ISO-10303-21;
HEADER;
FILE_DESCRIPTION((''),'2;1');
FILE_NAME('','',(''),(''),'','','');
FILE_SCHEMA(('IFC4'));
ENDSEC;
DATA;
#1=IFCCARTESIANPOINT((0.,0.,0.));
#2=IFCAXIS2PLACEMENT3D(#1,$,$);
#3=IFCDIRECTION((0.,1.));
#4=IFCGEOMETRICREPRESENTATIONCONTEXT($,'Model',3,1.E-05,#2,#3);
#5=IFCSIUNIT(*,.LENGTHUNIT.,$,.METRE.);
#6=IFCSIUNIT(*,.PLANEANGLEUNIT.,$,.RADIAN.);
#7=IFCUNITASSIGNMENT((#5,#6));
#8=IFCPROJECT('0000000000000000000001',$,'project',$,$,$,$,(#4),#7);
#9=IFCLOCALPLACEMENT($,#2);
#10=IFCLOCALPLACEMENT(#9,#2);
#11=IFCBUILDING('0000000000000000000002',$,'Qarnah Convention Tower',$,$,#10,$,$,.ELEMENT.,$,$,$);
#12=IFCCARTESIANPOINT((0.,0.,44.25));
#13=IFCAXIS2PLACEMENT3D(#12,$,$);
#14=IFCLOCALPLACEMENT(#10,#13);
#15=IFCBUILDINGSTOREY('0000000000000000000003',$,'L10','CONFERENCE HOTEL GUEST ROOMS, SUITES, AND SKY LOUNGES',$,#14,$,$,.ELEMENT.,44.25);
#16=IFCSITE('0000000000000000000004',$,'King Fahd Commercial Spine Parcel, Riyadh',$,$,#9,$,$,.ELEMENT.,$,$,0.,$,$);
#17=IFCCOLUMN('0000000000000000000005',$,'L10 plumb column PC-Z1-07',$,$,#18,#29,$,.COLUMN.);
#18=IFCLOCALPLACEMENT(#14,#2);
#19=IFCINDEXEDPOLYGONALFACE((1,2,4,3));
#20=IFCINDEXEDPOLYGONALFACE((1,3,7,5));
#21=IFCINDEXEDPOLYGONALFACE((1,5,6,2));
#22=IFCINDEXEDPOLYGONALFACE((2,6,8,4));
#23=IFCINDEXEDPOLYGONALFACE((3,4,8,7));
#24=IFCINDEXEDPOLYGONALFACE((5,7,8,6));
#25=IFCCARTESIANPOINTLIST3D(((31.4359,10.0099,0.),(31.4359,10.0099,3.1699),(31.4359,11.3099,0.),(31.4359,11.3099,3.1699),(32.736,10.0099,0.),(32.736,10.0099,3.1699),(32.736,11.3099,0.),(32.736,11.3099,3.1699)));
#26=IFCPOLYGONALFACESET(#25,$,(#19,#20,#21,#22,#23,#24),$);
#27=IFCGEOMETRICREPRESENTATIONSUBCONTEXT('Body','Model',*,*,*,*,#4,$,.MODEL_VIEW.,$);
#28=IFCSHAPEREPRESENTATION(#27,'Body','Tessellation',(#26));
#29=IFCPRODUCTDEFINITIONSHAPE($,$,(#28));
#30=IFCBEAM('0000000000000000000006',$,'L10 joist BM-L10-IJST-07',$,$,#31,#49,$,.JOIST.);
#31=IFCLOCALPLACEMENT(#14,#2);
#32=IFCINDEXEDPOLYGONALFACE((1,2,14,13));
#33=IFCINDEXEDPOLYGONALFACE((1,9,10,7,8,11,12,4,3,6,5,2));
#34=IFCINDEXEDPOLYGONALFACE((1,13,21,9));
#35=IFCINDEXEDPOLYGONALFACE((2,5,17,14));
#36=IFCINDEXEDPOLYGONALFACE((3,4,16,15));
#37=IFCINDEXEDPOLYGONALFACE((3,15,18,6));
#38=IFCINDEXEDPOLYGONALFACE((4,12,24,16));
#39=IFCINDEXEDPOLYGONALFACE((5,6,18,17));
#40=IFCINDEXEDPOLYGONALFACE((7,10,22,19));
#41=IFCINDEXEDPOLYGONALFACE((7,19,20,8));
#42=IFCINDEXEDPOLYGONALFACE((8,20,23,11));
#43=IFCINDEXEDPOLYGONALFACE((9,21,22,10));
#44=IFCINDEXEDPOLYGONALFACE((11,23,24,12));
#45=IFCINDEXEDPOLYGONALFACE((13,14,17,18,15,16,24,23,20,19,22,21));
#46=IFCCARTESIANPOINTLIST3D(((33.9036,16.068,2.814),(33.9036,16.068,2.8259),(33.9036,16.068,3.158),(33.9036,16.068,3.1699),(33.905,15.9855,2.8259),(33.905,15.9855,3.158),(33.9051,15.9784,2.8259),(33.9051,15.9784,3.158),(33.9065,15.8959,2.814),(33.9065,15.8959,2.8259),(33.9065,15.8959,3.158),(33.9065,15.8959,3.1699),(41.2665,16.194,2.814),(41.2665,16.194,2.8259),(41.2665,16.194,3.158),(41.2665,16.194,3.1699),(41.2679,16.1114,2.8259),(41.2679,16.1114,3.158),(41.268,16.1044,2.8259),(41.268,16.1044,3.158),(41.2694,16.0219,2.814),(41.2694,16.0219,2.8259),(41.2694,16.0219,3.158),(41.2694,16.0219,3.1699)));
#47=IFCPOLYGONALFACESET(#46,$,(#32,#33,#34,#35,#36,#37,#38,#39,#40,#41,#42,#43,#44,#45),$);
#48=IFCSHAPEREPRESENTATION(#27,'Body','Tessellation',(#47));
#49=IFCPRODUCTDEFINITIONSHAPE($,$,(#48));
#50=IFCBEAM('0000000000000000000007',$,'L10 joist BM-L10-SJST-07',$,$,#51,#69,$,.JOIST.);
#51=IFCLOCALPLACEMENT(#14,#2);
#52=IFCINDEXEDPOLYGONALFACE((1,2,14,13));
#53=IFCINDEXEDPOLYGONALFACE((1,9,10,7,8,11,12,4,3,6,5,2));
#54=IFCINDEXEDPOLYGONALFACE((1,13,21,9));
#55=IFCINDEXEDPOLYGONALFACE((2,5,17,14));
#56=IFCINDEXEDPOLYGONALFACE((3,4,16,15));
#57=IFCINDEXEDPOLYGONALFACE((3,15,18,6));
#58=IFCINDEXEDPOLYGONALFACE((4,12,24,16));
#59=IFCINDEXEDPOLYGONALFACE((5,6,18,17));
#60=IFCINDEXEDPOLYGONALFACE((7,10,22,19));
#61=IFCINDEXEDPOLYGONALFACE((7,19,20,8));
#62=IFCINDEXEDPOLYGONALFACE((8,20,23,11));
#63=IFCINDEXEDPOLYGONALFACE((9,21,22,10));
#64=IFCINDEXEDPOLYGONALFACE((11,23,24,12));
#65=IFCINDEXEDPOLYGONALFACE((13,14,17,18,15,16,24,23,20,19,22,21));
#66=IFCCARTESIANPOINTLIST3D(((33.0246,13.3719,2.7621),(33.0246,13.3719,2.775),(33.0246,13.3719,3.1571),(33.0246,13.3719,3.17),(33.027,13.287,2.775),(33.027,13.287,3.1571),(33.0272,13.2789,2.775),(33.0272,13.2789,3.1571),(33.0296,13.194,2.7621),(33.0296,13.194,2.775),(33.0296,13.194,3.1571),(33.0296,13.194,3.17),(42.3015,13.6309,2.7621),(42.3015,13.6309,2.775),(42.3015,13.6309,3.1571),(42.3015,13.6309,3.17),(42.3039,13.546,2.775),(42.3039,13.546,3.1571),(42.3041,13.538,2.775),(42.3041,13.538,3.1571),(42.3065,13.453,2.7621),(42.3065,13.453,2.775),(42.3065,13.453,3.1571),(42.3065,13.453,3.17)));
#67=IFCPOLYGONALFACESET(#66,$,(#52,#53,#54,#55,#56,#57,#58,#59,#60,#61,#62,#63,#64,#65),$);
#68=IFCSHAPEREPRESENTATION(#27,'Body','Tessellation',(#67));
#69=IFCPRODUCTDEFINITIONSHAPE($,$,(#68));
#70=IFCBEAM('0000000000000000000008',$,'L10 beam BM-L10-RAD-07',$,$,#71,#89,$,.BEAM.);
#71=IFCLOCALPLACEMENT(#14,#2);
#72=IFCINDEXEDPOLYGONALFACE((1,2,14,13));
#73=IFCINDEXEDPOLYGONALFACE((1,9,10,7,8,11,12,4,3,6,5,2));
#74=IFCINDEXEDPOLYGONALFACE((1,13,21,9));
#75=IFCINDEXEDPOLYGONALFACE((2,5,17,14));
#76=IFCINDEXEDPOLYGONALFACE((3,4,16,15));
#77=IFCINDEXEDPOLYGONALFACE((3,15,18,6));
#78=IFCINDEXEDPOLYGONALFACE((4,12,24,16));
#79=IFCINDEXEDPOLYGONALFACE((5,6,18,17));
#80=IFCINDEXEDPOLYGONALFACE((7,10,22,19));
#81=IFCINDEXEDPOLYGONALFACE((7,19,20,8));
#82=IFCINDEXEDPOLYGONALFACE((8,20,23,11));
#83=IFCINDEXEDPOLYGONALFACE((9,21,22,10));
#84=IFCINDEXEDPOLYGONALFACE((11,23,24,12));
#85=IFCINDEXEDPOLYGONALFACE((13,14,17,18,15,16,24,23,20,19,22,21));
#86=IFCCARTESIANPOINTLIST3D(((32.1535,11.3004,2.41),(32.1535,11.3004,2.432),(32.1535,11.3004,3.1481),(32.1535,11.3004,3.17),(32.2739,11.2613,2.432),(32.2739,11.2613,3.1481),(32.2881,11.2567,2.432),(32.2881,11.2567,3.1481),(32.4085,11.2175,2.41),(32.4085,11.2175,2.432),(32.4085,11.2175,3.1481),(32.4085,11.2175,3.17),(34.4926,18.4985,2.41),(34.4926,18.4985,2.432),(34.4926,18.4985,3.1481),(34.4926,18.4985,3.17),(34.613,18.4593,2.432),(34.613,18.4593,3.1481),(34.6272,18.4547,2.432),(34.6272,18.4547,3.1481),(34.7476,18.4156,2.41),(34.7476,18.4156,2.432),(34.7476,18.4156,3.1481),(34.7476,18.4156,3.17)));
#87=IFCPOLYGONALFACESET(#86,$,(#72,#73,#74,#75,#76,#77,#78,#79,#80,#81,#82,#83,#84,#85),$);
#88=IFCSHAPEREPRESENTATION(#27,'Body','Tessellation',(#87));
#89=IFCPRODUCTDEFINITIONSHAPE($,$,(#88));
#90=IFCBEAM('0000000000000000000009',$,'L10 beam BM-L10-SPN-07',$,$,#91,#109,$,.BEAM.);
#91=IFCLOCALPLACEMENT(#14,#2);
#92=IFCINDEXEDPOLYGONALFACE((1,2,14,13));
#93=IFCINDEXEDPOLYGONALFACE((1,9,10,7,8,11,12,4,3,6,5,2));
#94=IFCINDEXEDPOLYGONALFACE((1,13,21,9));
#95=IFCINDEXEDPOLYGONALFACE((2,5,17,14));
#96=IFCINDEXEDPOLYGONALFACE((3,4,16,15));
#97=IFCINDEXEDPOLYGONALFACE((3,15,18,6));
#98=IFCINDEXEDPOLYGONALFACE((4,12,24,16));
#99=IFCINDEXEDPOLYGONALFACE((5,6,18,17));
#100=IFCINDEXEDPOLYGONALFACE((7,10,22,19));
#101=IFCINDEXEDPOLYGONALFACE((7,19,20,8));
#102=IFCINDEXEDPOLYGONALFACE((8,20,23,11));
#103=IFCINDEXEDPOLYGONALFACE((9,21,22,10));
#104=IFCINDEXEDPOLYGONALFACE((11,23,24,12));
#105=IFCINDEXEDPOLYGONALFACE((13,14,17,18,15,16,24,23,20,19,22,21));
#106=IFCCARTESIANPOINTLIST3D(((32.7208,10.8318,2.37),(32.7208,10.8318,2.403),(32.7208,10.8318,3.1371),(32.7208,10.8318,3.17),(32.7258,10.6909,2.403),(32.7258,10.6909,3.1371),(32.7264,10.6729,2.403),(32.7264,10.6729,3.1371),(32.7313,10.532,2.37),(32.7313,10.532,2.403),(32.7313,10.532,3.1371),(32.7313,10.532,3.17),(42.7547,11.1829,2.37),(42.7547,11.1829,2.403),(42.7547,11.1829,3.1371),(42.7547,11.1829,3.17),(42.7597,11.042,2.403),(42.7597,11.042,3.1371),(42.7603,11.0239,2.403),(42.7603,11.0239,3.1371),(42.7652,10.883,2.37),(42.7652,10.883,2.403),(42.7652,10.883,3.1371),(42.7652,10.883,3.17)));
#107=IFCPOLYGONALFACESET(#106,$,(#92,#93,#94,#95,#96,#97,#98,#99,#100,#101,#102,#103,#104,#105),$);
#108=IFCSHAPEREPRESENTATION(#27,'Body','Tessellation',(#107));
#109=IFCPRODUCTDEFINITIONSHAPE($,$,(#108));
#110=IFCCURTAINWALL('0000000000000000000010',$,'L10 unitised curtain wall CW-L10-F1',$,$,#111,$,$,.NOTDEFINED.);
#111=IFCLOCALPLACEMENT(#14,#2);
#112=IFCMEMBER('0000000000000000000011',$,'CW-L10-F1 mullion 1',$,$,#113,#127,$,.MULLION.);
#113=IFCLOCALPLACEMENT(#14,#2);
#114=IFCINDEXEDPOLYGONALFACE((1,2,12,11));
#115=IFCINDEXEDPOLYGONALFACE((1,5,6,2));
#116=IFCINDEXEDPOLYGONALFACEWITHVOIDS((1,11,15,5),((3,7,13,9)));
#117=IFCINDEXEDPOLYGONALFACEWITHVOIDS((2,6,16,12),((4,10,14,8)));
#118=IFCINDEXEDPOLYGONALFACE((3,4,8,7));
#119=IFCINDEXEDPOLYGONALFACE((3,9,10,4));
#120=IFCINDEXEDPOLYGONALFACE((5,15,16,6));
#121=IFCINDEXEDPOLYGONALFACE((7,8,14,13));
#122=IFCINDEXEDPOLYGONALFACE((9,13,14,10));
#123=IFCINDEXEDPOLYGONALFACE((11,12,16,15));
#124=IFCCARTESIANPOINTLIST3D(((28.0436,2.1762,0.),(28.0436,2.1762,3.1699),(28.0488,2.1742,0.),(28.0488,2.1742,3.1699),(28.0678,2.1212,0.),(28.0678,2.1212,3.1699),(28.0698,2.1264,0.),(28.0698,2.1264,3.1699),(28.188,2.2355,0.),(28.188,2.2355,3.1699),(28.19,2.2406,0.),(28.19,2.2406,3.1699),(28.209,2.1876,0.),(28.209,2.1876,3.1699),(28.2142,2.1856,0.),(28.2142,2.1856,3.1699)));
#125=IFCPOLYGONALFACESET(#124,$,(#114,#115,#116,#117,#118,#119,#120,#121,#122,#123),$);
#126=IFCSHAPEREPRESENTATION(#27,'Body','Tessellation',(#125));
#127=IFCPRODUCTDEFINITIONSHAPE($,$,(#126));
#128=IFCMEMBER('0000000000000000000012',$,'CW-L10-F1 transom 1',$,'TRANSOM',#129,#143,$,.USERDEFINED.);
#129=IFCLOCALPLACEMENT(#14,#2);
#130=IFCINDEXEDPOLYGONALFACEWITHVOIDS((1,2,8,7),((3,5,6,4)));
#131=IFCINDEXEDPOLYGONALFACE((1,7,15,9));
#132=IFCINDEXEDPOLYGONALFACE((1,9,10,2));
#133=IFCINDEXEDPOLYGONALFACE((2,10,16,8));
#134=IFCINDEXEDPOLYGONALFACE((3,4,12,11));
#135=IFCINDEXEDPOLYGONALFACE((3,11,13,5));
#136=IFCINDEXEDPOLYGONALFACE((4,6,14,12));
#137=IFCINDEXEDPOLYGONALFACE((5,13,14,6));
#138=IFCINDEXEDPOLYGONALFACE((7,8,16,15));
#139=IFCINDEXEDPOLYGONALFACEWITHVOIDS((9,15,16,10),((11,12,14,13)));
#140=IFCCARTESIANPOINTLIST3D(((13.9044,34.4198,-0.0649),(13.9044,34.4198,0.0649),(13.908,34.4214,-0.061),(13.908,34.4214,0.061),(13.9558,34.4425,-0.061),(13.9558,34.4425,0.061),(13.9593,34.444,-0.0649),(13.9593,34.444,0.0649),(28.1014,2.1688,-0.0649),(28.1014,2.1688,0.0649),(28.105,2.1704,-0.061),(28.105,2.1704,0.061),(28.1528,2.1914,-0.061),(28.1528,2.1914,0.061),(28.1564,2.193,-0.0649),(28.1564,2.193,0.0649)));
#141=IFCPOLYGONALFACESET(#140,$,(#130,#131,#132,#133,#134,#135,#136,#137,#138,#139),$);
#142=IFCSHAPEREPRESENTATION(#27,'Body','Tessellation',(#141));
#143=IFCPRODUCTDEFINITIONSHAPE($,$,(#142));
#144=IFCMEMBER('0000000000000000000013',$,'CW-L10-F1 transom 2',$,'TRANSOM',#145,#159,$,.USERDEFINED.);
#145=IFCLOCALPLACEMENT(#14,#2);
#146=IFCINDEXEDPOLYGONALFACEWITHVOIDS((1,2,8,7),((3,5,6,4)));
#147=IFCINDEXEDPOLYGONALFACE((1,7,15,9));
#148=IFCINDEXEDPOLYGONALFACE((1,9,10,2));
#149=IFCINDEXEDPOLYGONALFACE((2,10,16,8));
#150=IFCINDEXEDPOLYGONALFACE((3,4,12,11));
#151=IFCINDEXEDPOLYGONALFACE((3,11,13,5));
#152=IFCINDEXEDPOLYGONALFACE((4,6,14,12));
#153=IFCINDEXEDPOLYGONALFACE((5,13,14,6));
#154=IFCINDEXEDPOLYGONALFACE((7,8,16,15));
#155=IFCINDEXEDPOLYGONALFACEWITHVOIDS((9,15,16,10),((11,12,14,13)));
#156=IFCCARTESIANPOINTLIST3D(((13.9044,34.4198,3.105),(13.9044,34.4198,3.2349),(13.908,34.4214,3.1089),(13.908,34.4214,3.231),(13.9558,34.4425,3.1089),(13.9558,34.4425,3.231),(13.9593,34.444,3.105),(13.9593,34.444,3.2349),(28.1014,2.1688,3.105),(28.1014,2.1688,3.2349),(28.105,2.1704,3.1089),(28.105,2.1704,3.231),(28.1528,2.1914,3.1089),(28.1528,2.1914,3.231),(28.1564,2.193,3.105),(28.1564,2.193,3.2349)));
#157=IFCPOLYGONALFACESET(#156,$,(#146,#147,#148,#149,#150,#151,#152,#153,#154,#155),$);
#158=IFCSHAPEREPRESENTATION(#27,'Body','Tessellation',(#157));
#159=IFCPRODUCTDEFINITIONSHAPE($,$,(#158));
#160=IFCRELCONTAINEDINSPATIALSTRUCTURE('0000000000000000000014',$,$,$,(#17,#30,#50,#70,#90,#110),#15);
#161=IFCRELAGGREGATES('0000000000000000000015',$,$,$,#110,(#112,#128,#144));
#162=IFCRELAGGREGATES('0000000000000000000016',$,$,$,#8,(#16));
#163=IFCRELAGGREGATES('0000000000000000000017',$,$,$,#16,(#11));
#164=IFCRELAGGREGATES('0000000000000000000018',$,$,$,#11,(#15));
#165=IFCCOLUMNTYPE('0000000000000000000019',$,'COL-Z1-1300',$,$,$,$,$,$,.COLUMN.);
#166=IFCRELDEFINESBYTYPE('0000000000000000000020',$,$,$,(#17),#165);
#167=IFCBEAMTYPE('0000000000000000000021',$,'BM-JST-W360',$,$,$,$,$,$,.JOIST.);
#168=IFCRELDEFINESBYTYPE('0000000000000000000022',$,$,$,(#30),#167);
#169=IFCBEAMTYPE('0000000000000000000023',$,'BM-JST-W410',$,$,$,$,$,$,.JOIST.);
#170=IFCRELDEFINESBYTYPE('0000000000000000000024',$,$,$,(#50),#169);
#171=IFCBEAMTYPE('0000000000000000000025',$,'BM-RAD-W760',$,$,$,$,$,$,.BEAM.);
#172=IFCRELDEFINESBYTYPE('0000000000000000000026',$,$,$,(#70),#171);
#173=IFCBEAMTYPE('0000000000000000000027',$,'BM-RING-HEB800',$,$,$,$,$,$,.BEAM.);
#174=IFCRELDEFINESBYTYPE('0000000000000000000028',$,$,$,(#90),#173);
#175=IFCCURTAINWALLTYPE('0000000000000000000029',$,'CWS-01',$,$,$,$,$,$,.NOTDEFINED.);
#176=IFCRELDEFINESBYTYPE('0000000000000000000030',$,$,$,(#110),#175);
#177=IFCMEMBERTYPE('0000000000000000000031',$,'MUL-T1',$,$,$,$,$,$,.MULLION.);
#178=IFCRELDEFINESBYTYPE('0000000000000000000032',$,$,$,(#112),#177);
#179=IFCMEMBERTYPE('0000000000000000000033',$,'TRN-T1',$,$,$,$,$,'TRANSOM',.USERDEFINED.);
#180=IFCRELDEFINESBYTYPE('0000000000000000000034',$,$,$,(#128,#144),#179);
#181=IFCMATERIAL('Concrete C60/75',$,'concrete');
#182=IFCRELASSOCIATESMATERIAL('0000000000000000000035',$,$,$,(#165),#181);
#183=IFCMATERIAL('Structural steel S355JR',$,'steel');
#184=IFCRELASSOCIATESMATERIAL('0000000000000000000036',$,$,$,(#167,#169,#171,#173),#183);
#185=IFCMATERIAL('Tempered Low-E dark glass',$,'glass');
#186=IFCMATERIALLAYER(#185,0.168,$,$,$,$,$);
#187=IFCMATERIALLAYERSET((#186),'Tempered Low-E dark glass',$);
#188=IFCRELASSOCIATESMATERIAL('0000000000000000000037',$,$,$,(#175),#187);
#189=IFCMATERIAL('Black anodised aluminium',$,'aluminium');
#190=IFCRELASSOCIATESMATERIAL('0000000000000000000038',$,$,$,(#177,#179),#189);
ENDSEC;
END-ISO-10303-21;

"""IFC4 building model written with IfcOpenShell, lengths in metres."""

from ifc_helpers import new_model, si_unit, direction, frame, origin, origin_2d, place, context, subcontext, project, spatial, rectangle, hollow_rectangle, i_section, extrude, material, layer, layer_set, material_profile, profile_set, type_object, element, aggregate, save


model = new_model("IFC4")

# Units and contexts
model_context = context("Model", 3, precision=1e-05, world=origin(), true_north=direction((0.0, 1.0)))
body_context = subcontext(model_context, "Body", "Model", "MODEL_VIEW")
ifc_project = project(units=[si_unit("LENGTHUNIT", "METRE"), si_unit("PLANEANGLEUNIT", "RADIAN")], contexts=[model_context])

# Site, building, storey
site_placement = place(None, origin())
site = spatial("IfcSite", under=ifc_project, at=site_placement, Name="King Fahd Commercial Spine Parcel, Riyadh", CompositionType="ELEMENT", RefElevation=0.0)
building_placement = place(site_placement, origin())
building = spatial("IfcBuilding", under=site, at=building_placement, Name="Qarnah Convention Tower", CompositionType="ELEMENT")
storey_placement = place(building_placement, frame((0.0, 0.0, 44.25)))
storey = spatial("IfcBuildingStorey", under=building, at=storey_placement, Name="L10", Description="CONFERENCE HOTEL GUEST ROOMS, SUITES, AND SKY LOUNGES", CompositionType="ELEMENT", Elevation=44.25)

# Column
ifc_material_1 = material(Name="Concrete C60/75", Category="concrete")
ifc_material_profile_1 = material_profile(ifc_material_1, rectangle(XDim=1.3, YDim=1.3, at=origin_2d()), Name="RC-COL-1300X1300")
ifc_profile_set_1 = profile_set([ifc_material_profile_1], Name="Concrete C60/75")
column_type = type_object("IfcColumnType", Name="COL-Z1-1300", PredefinedType="COLUMN", material=ifc_profile_set_1)
column_placement = place(storey_placement, frame((32.0859, 10.6599, 0.0), z_axis=(0.0, 0.0, 1.0), x_axis=(1.0, 0.0, 0.0)))
element("IfcColumn", 1, at=column_placement, inside=storey, type_object=column_type, Name="L10 plumb column PC-Z1-07", PredefinedType="COLUMN", context=body_context, shape_type="SweptSolid", body=[
    extrude(rectangle(XDim=1.3, YDim=1.3, at=origin_2d()), origin(), (0.0, 0.0, 1.0), 3.1699),
])

# Beams
ifc_material_2 = material(Name="Structural steel S355JR", Category="steel")
ifc_material_profile_2 = material_profile(ifc_material_2, i_section(OverallWidth=0.1721, OverallDepth=0.356, WebThickness=0.0071, FlangeThickness=0.012, at=origin_2d()), Name="W360X51")
ifc_profile_set_2 = profile_set([ifc_material_profile_2], Name="Structural steel S355JR")
beam_type_1 = type_object("IfcBeamType", Name="BM-JST-W360", PredefinedType="JOIST", material=ifc_profile_set_2)
beam_1_placement = place(storey_placement, frame((33.905, 15.9819, 2.9919), z_axis=(0.999854, 0.017107, 0.0), x_axis=(-0.017107, 0.999854, 0.0)))
element("IfcBeam", 2, at=beam_1_placement, inside=storey, type_object=beam_type_1, Name="L10 joist BM-L10-IJST-07", PredefinedType="JOIST", context=body_context, shape_type="SweptSolid", body=[
    extrude(i_section(OverallWidth=0.1721, OverallDepth=0.356, WebThickness=0.0071, FlangeThickness=0.012, at=origin_2d()), origin(), (0.0, 0.0, 1.0), 7.364),
])
ifc_material_profile_3 = material_profile(ifc_material_2, i_section(OverallWidth=0.178, OverallDepth=0.408, WebThickness=0.0081, FlangeThickness=0.0129, at=origin_2d()), Name="W410X60")
ifc_profile_set_3 = profile_set([ifc_material_profile_3], Name="Structural steel S355JR")
beam_type_2 = type_object("IfcBeamType", Name="BM-JST-W410", PredefinedType="JOIST", material=ifc_profile_set_3)
beam_2_placement = place(storey_placement, frame((33.0271, 13.283, 2.9661), z_axis=(0.99961, 0.027912, 0.0), x_axis=(-0.027912, 0.99961, 0.0)))
element("IfcBeam", 3, at=beam_2_placement, inside=storey, type_object=beam_type_2, Name="L10 joist BM-L10-SJST-07", PredefinedType="JOIST", context=body_context, shape_type="SweptSolid", body=[
    extrude(i_section(OverallWidth=0.178, OverallDepth=0.408, WebThickness=0.0081, FlangeThickness=0.0129, at=origin_2d()), origin(), (0.0, 0.0, 1.0), 9.2805),
])
ifc_material_profile_4 = material_profile(ifc_material_2, i_section(OverallWidth=0.2681, OverallDepth=0.76, WebThickness=0.0149, FlangeThickness=0.022, at=origin_2d()), Name="W760X185")
ifc_profile_set_4 = profile_set([ifc_material_profile_4], Name="Structural steel S355JR")
beam_type_3 = type_object("IfcBeamType", Name="BM-RAD-W760", PredefinedType="BEAM", material=ifc_profile_set_4)
beam_3_placement = place(storey_placement, frame((34.6201, 18.457, 2.79), z_axis=(-0.309058, -0.951043, 0.0), x_axis=(0.951043, -0.309058, 0.0)))
element("IfcBeam", 4, at=beam_3_placement, inside=storey, type_object=beam_type_3, Name="L10 beam BM-L10-RAD-07", PredefinedType="BEAM", context=body_context, shape_type="SweptSolid", body=[
    extrude(i_section(OverallWidth=0.2681, OverallDepth=0.76, WebThickness=0.0149, FlangeThickness=0.022, at=origin_2d()), origin(), (0.0, 0.0, 1.0), 7.5686),
])
ifc_material_profile_5 = material_profile(ifc_material_2, i_section(OverallWidth=0.3, OverallDepth=0.8, WebThickness=0.0181, FlangeThickness=0.033, at=origin_2d()), Name="HEB800")
ifc_profile_set_5 = profile_set([ifc_material_profile_5], Name="Structural steel S355JR")
beam_type_4 = type_object("IfcBeamType", Name="BM-RING-HEB800", PredefinedType="BEAM", material=ifc_profile_set_5)
beam_4_placement = place(storey_placement, frame((32.7261, 10.6819, 2.77), z_axis=(0.999388, 0.034967, 0.0), x_axis=(-0.034967, 0.999388, 0.0)))
element("IfcBeam", 5, at=beam_4_placement, inside=storey, type_object=beam_type_4, Name="L10 beam BM-L10-SPN-07", PredefinedType="BEAM", context=body_context, shape_type="SweptSolid", body=[
    extrude(i_section(OverallWidth=0.3, OverallDepth=0.8, WebThickness=0.0181, FlangeThickness=0.033, at=origin_2d()), origin(), (0.0, 0.0, 1.0), 10.04),
])

# Curtain wall, members
ifc_material_3 = material(Name="Tempered Low-E dark glass", Category="glass")
ifc_layer_1 = layer(ifc_material_3, 0.168)
ifc_layer_set_1 = layer_set([ifc_layer_1], Name="Tempered Low-E dark glass")
curtain_wall_type = type_object("IfcCurtainWallType", Name="CWS-01", PredefinedType="NOTDEFINED", material=ifc_layer_set_1)
curtain_wall_placement = place(storey_placement, origin())
curtain_wall = element("IfcCurtainWall", 6, at=curtain_wall_placement, inside=storey, type_object=curtain_wall_type, Name="L10 unitised curtain wall CW-L10-F1", PredefinedType="NOTDEFINED")
ifc_material_4 = material(Name="Black anodised aluminium", Category="aluminium")
ifc_material_profile_6 = material_profile(ifc_material_4, hollow_rectangle(XDim=0.0601, YDim=0.1599, WallThickness=0.0039, at=origin_2d()), Name="MUL-60X160")
ifc_profile_set_6 = profile_set([ifc_material_profile_6], Name="Black anodised aluminium")
member_type_1 = type_object("IfcMemberType", Name="MUL-T1", PredefinedType="MULLION", material=ifc_profile_set_6)
member_1_placement = place(storey_placement, frame((28.1289, 2.1809, 0.0), z_axis=(0.0, 0.0, 1.0), x_axis=(-0.402895, 0.915246, 0.0)))
member_1 = element("IfcMember", 7, at=member_1_placement, type_object=member_type_1, Name="CW-L10-F1 mullion 1", PredefinedType="MULLION", context=body_context, shape_type="SweptSolid", body=[
    extrude(hollow_rectangle(XDim=0.0601, YDim=0.1599, WallThickness=0.0039, at=origin_2d()), origin(), (0.0, 0.0, 1.0), 3.1699),
])
ifc_material_profile_7 = material_profile(ifc_material_4, hollow_rectangle(XDim=0.0601, YDim=0.1299, WallThickness=0.0039, at=origin_2d()), Name="TRN-60X130")
ifc_profile_set_7 = profile_set([ifc_material_profile_7], Name="Black anodised aluminium")
member_type_2 = type_object("IfcMemberType", Name="TRN-T1", ElementType="TRANSOM", PredefinedType="USERDEFINED", material=ifc_profile_set_7)
member_2_placement = place(storey_placement, frame((28.1289, 2.1809, 0.0), z_axis=(-0.402895, 0.915246, 0.0), x_axis=(-0.915246, -0.402895, 0.0)))
member_2 = element("IfcMember", 8, at=member_2_placement, type_object=member_type_2, Name="CW-L10-F1 transom 1", ObjectType="TRANSOM", PredefinedType="USERDEFINED", context=body_context, shape_type="SweptSolid", body=[
    extrude(hollow_rectangle(XDim=0.0601, YDim=0.1299, WallThickness=0.0039, at=origin_2d()), origin(), (0.0, 0.0, 1.0), 35.2375),
])
member_3_placement = place(storey_placement, frame((28.1289, 2.1809, 3.1699), z_axis=(-0.402895, 0.915246, 0.0), x_axis=(-0.915246, -0.402895, 0.0)))
member_3 = element("IfcMember", 9, at=member_3_placement, type_object=member_type_2, Name="CW-L10-F1 transom 2", ObjectType="TRANSOM", PredefinedType="USERDEFINED", context=body_context, shape_type="SweptSolid", body=[
    extrude(hollow_rectangle(XDim=0.0601, YDim=0.1299, WallThickness=0.0039, at=origin_2d()), origin(), (0.0, 0.0, 1.0), 35.2375),
])
aggregate(curtain_wall, [member_1, member_2, member_3])

save(model, "model.ifc")
